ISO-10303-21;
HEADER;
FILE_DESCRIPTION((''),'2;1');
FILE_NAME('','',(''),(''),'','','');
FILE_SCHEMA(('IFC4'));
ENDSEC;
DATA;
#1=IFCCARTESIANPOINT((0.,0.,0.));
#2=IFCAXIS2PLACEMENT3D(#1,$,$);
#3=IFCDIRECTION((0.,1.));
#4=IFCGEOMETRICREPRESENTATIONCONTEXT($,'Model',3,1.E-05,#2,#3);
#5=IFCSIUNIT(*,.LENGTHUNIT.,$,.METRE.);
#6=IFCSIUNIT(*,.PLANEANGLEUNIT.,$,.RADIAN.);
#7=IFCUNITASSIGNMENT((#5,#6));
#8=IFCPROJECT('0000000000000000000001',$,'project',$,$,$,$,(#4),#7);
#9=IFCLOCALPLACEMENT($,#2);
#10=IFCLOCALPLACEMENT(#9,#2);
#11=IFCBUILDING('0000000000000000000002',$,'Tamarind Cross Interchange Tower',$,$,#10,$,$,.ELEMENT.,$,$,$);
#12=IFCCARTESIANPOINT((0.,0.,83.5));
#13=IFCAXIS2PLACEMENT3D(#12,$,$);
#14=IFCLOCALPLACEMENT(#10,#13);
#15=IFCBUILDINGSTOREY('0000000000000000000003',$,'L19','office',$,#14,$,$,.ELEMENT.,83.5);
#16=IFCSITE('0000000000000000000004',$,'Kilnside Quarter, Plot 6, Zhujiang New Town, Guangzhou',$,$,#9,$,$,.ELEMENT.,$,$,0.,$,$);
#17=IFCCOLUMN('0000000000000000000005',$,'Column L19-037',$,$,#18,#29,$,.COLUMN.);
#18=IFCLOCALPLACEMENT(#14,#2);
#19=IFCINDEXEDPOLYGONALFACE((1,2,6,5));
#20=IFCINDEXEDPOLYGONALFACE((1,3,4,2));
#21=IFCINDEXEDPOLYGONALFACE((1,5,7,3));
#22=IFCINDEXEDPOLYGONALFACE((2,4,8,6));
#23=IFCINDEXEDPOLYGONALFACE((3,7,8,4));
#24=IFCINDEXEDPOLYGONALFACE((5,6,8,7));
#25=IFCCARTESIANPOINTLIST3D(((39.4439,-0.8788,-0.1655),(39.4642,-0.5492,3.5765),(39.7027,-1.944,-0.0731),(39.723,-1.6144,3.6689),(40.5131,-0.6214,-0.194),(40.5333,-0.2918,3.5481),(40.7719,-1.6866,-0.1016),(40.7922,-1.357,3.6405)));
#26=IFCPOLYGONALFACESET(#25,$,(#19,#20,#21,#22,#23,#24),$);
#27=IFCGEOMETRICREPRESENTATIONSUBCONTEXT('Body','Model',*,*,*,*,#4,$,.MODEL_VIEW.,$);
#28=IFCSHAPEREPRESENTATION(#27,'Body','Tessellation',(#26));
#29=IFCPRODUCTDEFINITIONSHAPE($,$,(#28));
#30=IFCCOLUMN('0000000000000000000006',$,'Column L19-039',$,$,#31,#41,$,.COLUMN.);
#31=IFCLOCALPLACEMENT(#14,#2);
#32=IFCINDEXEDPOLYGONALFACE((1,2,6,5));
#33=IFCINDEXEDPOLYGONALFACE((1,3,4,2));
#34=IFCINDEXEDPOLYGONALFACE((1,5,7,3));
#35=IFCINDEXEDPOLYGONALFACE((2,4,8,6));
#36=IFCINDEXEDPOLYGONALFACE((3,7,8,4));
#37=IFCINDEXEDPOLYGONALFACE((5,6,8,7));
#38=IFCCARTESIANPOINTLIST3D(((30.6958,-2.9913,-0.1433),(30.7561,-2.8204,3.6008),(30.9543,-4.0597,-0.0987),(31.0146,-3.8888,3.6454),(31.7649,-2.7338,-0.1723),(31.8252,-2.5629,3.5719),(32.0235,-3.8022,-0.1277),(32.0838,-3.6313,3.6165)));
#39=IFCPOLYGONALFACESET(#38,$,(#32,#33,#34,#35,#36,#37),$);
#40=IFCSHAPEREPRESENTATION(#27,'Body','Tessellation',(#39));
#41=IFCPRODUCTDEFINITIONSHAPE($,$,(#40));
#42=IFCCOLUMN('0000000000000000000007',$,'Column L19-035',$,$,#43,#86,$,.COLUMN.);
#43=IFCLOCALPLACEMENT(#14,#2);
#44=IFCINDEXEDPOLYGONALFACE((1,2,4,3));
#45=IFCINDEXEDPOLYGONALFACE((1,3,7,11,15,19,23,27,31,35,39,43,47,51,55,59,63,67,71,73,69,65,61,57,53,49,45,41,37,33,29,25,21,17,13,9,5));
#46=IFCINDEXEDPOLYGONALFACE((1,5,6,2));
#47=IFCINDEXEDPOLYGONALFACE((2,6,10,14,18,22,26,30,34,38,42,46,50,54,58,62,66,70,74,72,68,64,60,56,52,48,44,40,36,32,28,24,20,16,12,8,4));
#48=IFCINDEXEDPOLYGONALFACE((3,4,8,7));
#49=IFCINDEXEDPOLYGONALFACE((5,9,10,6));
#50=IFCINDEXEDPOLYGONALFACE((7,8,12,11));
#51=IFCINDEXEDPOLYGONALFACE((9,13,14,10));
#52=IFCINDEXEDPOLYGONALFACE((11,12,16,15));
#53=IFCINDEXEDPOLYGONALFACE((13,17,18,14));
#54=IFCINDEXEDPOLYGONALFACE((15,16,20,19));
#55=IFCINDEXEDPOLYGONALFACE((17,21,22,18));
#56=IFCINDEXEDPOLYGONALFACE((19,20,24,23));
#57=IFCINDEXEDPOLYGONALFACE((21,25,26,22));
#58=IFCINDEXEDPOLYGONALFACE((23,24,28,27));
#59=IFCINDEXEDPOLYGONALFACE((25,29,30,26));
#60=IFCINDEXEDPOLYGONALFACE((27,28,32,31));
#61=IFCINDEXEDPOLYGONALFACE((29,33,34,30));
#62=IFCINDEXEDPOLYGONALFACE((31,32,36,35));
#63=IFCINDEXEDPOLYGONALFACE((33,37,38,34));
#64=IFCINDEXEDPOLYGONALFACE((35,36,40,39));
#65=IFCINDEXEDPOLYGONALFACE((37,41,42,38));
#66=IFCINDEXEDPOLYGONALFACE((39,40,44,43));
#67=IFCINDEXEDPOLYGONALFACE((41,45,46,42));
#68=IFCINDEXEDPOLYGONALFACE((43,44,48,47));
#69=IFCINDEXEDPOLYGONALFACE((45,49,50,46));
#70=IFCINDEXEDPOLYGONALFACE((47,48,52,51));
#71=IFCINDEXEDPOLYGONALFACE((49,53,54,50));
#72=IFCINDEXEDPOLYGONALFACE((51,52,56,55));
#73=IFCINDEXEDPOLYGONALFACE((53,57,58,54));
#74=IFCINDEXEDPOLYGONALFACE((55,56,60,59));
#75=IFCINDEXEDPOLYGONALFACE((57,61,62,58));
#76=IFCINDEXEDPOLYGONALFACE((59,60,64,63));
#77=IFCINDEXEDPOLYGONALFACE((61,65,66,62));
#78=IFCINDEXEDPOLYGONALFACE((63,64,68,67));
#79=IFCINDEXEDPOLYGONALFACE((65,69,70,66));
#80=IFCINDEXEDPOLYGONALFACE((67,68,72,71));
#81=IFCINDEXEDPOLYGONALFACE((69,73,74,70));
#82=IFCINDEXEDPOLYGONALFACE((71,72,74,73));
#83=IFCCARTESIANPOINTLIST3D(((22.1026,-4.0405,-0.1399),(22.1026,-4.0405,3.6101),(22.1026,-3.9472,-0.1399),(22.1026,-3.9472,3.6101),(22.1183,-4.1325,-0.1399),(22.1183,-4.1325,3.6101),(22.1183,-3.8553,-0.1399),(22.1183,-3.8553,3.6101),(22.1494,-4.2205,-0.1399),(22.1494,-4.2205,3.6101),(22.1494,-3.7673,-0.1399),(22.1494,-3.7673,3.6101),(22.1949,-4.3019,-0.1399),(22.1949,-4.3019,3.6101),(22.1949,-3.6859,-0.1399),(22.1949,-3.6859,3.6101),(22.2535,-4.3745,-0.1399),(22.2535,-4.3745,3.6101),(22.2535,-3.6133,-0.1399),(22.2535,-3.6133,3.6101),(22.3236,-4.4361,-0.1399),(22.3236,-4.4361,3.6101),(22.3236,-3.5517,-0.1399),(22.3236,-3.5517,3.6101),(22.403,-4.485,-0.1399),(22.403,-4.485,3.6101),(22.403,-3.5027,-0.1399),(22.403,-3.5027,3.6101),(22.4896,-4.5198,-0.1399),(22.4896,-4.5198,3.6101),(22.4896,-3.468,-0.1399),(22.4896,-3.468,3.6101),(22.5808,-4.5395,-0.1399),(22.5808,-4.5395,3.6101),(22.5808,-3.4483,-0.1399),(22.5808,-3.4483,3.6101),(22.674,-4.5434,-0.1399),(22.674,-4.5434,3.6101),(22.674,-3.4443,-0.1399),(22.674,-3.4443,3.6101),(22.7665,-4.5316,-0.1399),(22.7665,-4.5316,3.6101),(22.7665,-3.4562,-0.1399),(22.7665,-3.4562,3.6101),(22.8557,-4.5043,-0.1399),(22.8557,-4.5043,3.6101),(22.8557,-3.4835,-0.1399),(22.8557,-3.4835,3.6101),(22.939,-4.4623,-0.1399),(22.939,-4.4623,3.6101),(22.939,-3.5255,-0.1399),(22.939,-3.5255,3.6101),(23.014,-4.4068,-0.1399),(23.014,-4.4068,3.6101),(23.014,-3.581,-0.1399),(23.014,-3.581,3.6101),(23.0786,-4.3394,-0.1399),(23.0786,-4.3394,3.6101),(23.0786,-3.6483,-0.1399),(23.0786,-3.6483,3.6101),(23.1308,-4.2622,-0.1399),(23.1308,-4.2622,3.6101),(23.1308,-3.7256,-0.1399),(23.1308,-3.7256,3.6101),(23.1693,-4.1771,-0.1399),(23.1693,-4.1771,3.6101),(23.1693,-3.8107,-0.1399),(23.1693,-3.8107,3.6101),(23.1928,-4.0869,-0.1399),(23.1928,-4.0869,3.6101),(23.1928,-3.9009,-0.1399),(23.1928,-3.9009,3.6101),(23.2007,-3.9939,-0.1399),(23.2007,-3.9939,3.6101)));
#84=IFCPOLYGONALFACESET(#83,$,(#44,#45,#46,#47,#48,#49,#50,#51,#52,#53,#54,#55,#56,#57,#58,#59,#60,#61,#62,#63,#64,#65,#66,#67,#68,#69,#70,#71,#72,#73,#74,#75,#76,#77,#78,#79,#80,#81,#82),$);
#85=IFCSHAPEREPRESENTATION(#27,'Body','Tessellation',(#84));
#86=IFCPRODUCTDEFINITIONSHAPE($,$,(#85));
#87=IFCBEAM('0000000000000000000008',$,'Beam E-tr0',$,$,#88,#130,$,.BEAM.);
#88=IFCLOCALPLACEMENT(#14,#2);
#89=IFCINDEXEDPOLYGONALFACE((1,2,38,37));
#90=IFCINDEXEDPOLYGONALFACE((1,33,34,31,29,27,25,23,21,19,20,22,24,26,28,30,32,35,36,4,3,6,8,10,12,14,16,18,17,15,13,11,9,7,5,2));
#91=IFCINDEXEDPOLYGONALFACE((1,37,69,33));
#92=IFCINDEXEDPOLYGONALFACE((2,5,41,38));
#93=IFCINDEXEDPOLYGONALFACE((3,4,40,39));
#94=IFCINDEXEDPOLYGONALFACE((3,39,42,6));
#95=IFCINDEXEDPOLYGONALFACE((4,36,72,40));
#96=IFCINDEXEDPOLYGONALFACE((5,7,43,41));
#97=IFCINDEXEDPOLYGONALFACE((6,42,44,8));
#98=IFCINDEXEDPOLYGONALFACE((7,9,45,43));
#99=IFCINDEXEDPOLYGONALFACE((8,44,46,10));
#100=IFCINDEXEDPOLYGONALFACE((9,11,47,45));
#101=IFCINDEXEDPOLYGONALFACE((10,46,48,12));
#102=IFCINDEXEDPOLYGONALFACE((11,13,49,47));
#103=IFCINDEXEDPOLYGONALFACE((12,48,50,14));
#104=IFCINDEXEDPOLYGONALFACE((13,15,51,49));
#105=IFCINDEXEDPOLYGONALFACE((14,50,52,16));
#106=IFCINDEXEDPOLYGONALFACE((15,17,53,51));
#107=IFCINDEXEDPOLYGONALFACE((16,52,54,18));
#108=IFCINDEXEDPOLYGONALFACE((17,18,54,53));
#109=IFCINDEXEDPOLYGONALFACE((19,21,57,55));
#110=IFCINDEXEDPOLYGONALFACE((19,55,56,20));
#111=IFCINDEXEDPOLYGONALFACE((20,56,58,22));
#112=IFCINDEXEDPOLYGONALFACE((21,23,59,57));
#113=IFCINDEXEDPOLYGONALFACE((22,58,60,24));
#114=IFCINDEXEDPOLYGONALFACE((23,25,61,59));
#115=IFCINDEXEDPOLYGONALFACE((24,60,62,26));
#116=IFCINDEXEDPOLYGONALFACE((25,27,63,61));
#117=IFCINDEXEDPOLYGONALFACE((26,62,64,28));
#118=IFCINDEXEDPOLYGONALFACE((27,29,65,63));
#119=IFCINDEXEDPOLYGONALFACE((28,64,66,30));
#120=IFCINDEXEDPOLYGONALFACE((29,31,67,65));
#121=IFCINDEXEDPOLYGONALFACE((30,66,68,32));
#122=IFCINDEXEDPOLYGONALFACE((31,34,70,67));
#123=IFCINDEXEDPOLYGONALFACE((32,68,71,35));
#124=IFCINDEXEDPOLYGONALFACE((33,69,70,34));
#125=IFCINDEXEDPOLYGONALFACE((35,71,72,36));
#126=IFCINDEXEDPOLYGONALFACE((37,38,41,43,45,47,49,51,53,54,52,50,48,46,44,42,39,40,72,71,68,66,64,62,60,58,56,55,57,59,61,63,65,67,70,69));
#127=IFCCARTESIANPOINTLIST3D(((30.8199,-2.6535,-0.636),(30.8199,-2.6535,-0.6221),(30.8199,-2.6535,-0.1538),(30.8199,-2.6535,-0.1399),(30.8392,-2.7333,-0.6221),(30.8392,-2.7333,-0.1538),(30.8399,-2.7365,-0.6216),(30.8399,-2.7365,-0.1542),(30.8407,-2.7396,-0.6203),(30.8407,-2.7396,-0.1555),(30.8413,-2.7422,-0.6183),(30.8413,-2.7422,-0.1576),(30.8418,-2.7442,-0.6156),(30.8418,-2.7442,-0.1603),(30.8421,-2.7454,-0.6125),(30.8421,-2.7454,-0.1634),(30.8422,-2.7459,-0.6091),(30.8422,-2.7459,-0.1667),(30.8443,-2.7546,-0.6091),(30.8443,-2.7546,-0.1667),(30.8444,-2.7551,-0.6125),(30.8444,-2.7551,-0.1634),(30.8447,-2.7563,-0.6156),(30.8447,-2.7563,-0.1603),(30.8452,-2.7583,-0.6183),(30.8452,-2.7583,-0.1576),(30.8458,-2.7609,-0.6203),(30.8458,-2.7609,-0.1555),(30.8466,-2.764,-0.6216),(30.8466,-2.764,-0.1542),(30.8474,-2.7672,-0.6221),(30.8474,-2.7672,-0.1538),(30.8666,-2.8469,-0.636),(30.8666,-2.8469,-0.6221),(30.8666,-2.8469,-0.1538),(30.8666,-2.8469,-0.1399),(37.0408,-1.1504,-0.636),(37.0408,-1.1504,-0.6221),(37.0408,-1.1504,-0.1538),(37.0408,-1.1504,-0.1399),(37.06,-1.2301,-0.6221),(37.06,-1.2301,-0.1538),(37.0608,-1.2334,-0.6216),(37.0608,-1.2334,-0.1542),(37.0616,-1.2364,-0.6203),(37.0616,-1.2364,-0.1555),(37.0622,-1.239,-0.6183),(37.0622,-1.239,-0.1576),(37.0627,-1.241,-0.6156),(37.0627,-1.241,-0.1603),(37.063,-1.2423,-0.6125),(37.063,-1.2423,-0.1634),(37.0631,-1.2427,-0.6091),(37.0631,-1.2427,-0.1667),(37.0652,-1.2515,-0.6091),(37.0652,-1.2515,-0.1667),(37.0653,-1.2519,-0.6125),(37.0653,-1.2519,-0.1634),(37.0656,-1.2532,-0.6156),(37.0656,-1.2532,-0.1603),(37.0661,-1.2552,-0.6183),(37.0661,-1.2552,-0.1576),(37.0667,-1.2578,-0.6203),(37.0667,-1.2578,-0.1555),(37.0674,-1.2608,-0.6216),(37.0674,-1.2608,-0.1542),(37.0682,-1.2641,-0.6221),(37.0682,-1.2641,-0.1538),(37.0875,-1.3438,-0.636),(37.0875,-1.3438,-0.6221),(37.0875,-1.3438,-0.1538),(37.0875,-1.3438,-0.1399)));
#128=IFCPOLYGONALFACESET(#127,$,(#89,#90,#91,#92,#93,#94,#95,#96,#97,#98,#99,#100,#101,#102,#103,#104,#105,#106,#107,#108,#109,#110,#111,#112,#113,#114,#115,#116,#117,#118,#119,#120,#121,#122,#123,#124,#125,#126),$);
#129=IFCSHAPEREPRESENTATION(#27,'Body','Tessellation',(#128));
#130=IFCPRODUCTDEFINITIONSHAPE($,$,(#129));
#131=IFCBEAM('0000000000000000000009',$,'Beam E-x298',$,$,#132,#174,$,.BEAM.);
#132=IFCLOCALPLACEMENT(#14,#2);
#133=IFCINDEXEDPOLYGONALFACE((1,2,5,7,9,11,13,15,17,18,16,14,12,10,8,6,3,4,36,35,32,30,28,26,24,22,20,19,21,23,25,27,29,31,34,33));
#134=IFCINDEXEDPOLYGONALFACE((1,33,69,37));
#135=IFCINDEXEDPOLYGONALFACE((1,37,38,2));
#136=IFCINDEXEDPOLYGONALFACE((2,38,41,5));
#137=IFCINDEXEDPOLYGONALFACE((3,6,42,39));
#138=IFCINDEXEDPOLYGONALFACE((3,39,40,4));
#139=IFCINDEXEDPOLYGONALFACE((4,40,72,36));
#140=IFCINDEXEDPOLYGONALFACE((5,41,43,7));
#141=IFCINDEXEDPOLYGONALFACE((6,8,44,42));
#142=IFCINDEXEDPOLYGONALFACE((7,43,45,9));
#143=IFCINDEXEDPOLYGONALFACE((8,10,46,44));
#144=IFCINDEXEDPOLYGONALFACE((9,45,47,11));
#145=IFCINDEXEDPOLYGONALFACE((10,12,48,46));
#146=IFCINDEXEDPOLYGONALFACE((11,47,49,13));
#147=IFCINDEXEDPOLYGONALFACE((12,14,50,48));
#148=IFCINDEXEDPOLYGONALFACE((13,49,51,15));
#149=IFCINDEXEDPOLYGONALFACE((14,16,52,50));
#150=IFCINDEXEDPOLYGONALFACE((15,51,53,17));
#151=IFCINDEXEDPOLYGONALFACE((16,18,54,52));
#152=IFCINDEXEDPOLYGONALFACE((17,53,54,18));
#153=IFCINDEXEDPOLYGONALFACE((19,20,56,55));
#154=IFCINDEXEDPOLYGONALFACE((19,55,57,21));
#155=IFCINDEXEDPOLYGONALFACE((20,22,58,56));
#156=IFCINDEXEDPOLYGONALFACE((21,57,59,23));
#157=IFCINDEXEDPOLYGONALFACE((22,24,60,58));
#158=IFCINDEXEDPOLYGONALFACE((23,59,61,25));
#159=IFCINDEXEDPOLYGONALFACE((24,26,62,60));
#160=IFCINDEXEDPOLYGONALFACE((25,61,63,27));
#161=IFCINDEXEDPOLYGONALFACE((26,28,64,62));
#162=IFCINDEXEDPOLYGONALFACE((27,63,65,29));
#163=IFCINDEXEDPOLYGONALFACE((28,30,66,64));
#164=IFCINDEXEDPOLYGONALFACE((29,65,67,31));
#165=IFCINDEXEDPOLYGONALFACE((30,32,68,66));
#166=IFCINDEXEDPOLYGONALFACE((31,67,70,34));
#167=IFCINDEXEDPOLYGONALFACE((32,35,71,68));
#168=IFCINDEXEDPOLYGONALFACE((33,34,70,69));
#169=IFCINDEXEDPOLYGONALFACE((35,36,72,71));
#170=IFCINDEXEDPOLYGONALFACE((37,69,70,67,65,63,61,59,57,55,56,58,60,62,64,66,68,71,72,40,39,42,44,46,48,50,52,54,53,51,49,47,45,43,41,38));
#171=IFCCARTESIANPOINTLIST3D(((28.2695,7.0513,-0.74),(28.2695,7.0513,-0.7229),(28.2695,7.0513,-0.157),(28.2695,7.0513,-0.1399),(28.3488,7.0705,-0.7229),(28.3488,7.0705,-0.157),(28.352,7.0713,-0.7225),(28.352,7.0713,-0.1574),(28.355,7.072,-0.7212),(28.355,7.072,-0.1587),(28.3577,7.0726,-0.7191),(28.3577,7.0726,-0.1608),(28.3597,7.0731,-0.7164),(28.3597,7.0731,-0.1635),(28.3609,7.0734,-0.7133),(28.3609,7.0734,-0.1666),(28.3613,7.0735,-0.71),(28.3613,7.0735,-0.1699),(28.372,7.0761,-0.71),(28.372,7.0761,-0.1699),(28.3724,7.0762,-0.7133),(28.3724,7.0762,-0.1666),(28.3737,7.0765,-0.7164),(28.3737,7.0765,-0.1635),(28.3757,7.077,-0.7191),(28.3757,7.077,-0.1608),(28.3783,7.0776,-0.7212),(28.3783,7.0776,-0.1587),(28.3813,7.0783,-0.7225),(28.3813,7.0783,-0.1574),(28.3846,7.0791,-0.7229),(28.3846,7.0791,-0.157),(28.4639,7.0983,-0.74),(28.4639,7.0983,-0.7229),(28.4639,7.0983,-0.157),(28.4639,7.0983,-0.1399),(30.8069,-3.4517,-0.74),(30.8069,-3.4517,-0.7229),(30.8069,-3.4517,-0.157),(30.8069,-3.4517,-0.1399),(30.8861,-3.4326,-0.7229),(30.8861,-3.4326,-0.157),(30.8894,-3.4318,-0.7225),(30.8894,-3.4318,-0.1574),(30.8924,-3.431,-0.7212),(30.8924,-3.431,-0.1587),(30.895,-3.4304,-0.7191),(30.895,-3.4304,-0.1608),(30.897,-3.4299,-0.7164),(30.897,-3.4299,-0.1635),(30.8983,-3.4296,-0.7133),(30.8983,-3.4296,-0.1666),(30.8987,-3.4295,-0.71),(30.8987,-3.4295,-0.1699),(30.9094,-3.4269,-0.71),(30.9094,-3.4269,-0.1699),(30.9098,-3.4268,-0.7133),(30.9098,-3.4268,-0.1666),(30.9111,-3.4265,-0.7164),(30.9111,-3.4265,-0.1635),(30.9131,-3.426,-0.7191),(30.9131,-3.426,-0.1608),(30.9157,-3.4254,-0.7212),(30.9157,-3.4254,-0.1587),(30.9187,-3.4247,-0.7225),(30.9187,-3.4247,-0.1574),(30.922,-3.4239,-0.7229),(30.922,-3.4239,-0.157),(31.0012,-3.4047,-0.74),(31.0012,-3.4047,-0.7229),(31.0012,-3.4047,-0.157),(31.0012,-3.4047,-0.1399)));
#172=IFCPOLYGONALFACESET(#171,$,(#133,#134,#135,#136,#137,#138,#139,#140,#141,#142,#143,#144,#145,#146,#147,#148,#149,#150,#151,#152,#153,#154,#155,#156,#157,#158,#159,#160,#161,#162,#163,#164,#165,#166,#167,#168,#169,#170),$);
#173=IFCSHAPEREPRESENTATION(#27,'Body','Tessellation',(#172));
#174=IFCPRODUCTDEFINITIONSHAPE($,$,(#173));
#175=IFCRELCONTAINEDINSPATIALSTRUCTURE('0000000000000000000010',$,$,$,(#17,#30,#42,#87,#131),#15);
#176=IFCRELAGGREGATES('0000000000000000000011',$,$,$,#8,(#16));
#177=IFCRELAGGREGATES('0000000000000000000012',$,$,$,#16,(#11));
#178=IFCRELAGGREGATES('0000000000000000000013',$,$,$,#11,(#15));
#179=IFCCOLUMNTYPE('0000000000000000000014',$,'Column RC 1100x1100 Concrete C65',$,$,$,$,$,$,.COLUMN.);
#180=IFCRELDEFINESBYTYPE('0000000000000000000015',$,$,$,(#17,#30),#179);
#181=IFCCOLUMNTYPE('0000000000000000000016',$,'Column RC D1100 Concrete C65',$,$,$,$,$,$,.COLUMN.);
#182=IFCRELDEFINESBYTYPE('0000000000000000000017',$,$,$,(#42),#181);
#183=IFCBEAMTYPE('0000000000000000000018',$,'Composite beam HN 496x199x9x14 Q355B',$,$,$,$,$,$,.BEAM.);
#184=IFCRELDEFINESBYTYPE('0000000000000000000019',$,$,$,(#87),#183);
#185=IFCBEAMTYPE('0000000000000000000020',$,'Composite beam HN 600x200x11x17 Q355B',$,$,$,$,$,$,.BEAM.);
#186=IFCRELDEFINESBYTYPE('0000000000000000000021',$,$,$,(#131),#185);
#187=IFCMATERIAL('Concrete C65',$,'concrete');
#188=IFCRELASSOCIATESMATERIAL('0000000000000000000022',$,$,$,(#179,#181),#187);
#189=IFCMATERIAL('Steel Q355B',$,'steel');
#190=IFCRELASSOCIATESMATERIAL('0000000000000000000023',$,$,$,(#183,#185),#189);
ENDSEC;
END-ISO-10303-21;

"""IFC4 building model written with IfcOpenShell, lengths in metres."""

from ifc_helpers import new_model, si_unit, direction, frame, origin, origin_2d, place, context, subcontext, project, spatial, rectangle, circle, i_section, extrude, material, material_profile, profile_set, type_object, element, save


model = new_model("IFC4")

# Units and contexts
model_context = context("Model", 3, precision=1e-05, world=origin(), true_north=direction((0.0, 1.0)))
body_context = subcontext(model_context, "Body", "Model", "MODEL_VIEW")
ifc_project = project(units=[si_unit("LENGTHUNIT", "METRE"), si_unit("PLANEANGLEUNIT", "RADIAN")], contexts=[model_context])

# Site, building, storey
site_placement = place(None, origin())
site = spatial("IfcSite", under=ifc_project, at=site_placement, Name="Kilnside Quarter, Plot 6, Zhujiang New Town, Guangzhou", CompositionType="ELEMENT", RefElevation=0.0)
building_placement = place(site_placement, origin())
building = spatial("IfcBuilding", under=site, at=building_placement, Name="Tamarind Cross Interchange Tower", CompositionType="ELEMENT")
storey_placement = place(building_placement, frame((0.0, 0.0, 83.5)))
storey = spatial("IfcBuildingStorey", under=building, at=storey_placement, Name="L19", Description="office", CompositionType="ELEMENT", Elevation=83.5)

# Columns
ifc_material_1 = material(Name="Concrete C65", Category="concrete")
ifc_material_profile_1 = material_profile(ifc_material_1, rectangle(XDim=1.1001, YDim=1.1001, at=origin_2d()), Name="RC 1100x1100")
ifc_profile_set_1 = profile_set([ifc_material_profile_1], Name="Concrete C65")
column_type_1 = type_object("IfcColumnType", Name="Column RC 1100x1100 Concrete C65", PredefinedType="COLUMN", material=ifc_profile_set_1)
column_1_placement = place(storey_placement, frame((40.1079, -1.2827, -0.1335), z_axis=(0.005394, 0.087739, 0.996129), x_axis=(-0.971908, -0.233935, 0.025868)))
element("IfcColumn", 1, at=column_1_placement, inside=storey, type_object=column_type_1, Name="Column L19-037", PredefinedType="COLUMN", context=body_context, shape_type="SweptSolid", body=[
    extrude(rectangle(XDim=1.1001, YDim=1.1001, at=origin_2d()), origin(), (0.0, 0.0, 1.0), 3.7566),
])
column_2_placement = place(storey_placement, frame((31.3596, -3.3967, -0.1355), z_axis=(0.016087, 0.045591, 0.998831), x_axis=(-0.971863, -0.234072, 0.026337)))
element("IfcColumn", 2, at=column_2_placement, inside=storey, type_object=column_type_1, Name="Column L19-039", PredefinedType="COLUMN", context=body_context, shape_type="SweptSolid", body=[
    extrude(rectangle(XDim=1.1001, YDim=1.1001, at=origin_2d()), origin(), (0.0, 0.0, 1.0), 3.7485),
])
ifc_material_profile_2 = material_profile(ifc_material_1, circle(Radius=0.55, at=origin_2d()), Name="RC D1100")
ifc_profile_set_2 = profile_set([ifc_material_profile_2], Name="Concrete C65")
column_type_2 = type_object("IfcColumnType", Name="Column RC D1100 Concrete C65", PredefinedType="COLUMN", material=ifc_profile_set_2)
column_3_placement = place(storey_placement, frame((22.6506, -3.9939, -0.1399), z_axis=(0.0, 0.0, 1.0), x_axis=(1.0, 0.0, 0.0)))
element("IfcColumn", 3, at=column_3_placement, inside=storey, type_object=column_type_2, Name="Column L19-035", PredefinedType="COLUMN", context=body_context, shape_type="SweptSolid", body=[
    extrude(circle(Radius=0.55, at=origin_2d()), origin(), (0.0, 0.0, 1.0), 3.75),
])

# Beams
ifc_material_2 = material(Name="Steel Q355B", Category="steel")
ifc_material_profile_3 = material_profile(ifc_material_2, i_section(OverallWidth=0.199, OverallDepth=0.4961, WebThickness=0.009, FlangeThickness=0.0139, FilletRadius=0.0129, at=origin_2d()), Name="HN 496x199x9x14")
ifc_profile_set_3 = profile_set([ifc_material_profile_3], Name="Steel Q355B")
beam_type_1 = type_object("IfcBeamType", Name="Composite beam HN 496x199x9x14 Q355B", PredefinedType="BEAM", material=ifc_profile_set_3)
beam_1_placement = place(storey_placement, frame((30.8433, -2.7502, -0.3879), z_axis=(0.972026, 0.234872, 0.0), x_axis=(-0.234872, 0.972026, 0.0)))
element("IfcBeam", 4, at=beam_1_placement, inside=storey, type_object=beam_type_1, Name="Beam E-tr0", PredefinedType="BEAM", context=body_context, shape_type="SweptSolid", body=[
    extrude(i_section(OverallWidth=0.199, OverallDepth=0.4961, WebThickness=0.009, FlangeThickness=0.0139, FilletRadius=0.0129, at=origin_2d()), origin(), (0.0, 0.0, 1.0), 6.3999),
])
ifc_material_profile_4 = material_profile(ifc_material_2, i_section(OverallWidth=0.2, OverallDepth=0.6001, WebThickness=0.011, FlangeThickness=0.0171, FilletRadius=0.0129, at=origin_2d()), Name="HN 600x200x11x17")
ifc_profile_set_4 = profile_set([ifc_material_profile_4], Name="Steel Q355B")
beam_type_2 = type_object("IfcBeamType", Name="Composite beam HN 600x200x11x17 Q355B", PredefinedType="BEAM", material=ifc_profile_set_4)
beam_2_placement = place(storey_placement, frame((30.9041, -3.4282, -0.4399), z_axis=(-0.23483, 0.972037, 0.0), x_axis=(-0.972037, -0.23483, 0.0)))
element("IfcBeam", 5, at=beam_2_placement, inside=storey, type_object=beam_type_2, Name="Beam E-x298", PredefinedType="BEAM", context=body_context, shape_type="SweptSolid", body=[
    extrude(i_section(OverallWidth=0.2, OverallDepth=0.6001, WebThickness=0.011, FlangeThickness=0.0171, FilletRadius=0.0129, at=origin_2d()), origin(), (0.0, 0.0, 1.0), 10.8052),
])

save(model, "model.ifc")
